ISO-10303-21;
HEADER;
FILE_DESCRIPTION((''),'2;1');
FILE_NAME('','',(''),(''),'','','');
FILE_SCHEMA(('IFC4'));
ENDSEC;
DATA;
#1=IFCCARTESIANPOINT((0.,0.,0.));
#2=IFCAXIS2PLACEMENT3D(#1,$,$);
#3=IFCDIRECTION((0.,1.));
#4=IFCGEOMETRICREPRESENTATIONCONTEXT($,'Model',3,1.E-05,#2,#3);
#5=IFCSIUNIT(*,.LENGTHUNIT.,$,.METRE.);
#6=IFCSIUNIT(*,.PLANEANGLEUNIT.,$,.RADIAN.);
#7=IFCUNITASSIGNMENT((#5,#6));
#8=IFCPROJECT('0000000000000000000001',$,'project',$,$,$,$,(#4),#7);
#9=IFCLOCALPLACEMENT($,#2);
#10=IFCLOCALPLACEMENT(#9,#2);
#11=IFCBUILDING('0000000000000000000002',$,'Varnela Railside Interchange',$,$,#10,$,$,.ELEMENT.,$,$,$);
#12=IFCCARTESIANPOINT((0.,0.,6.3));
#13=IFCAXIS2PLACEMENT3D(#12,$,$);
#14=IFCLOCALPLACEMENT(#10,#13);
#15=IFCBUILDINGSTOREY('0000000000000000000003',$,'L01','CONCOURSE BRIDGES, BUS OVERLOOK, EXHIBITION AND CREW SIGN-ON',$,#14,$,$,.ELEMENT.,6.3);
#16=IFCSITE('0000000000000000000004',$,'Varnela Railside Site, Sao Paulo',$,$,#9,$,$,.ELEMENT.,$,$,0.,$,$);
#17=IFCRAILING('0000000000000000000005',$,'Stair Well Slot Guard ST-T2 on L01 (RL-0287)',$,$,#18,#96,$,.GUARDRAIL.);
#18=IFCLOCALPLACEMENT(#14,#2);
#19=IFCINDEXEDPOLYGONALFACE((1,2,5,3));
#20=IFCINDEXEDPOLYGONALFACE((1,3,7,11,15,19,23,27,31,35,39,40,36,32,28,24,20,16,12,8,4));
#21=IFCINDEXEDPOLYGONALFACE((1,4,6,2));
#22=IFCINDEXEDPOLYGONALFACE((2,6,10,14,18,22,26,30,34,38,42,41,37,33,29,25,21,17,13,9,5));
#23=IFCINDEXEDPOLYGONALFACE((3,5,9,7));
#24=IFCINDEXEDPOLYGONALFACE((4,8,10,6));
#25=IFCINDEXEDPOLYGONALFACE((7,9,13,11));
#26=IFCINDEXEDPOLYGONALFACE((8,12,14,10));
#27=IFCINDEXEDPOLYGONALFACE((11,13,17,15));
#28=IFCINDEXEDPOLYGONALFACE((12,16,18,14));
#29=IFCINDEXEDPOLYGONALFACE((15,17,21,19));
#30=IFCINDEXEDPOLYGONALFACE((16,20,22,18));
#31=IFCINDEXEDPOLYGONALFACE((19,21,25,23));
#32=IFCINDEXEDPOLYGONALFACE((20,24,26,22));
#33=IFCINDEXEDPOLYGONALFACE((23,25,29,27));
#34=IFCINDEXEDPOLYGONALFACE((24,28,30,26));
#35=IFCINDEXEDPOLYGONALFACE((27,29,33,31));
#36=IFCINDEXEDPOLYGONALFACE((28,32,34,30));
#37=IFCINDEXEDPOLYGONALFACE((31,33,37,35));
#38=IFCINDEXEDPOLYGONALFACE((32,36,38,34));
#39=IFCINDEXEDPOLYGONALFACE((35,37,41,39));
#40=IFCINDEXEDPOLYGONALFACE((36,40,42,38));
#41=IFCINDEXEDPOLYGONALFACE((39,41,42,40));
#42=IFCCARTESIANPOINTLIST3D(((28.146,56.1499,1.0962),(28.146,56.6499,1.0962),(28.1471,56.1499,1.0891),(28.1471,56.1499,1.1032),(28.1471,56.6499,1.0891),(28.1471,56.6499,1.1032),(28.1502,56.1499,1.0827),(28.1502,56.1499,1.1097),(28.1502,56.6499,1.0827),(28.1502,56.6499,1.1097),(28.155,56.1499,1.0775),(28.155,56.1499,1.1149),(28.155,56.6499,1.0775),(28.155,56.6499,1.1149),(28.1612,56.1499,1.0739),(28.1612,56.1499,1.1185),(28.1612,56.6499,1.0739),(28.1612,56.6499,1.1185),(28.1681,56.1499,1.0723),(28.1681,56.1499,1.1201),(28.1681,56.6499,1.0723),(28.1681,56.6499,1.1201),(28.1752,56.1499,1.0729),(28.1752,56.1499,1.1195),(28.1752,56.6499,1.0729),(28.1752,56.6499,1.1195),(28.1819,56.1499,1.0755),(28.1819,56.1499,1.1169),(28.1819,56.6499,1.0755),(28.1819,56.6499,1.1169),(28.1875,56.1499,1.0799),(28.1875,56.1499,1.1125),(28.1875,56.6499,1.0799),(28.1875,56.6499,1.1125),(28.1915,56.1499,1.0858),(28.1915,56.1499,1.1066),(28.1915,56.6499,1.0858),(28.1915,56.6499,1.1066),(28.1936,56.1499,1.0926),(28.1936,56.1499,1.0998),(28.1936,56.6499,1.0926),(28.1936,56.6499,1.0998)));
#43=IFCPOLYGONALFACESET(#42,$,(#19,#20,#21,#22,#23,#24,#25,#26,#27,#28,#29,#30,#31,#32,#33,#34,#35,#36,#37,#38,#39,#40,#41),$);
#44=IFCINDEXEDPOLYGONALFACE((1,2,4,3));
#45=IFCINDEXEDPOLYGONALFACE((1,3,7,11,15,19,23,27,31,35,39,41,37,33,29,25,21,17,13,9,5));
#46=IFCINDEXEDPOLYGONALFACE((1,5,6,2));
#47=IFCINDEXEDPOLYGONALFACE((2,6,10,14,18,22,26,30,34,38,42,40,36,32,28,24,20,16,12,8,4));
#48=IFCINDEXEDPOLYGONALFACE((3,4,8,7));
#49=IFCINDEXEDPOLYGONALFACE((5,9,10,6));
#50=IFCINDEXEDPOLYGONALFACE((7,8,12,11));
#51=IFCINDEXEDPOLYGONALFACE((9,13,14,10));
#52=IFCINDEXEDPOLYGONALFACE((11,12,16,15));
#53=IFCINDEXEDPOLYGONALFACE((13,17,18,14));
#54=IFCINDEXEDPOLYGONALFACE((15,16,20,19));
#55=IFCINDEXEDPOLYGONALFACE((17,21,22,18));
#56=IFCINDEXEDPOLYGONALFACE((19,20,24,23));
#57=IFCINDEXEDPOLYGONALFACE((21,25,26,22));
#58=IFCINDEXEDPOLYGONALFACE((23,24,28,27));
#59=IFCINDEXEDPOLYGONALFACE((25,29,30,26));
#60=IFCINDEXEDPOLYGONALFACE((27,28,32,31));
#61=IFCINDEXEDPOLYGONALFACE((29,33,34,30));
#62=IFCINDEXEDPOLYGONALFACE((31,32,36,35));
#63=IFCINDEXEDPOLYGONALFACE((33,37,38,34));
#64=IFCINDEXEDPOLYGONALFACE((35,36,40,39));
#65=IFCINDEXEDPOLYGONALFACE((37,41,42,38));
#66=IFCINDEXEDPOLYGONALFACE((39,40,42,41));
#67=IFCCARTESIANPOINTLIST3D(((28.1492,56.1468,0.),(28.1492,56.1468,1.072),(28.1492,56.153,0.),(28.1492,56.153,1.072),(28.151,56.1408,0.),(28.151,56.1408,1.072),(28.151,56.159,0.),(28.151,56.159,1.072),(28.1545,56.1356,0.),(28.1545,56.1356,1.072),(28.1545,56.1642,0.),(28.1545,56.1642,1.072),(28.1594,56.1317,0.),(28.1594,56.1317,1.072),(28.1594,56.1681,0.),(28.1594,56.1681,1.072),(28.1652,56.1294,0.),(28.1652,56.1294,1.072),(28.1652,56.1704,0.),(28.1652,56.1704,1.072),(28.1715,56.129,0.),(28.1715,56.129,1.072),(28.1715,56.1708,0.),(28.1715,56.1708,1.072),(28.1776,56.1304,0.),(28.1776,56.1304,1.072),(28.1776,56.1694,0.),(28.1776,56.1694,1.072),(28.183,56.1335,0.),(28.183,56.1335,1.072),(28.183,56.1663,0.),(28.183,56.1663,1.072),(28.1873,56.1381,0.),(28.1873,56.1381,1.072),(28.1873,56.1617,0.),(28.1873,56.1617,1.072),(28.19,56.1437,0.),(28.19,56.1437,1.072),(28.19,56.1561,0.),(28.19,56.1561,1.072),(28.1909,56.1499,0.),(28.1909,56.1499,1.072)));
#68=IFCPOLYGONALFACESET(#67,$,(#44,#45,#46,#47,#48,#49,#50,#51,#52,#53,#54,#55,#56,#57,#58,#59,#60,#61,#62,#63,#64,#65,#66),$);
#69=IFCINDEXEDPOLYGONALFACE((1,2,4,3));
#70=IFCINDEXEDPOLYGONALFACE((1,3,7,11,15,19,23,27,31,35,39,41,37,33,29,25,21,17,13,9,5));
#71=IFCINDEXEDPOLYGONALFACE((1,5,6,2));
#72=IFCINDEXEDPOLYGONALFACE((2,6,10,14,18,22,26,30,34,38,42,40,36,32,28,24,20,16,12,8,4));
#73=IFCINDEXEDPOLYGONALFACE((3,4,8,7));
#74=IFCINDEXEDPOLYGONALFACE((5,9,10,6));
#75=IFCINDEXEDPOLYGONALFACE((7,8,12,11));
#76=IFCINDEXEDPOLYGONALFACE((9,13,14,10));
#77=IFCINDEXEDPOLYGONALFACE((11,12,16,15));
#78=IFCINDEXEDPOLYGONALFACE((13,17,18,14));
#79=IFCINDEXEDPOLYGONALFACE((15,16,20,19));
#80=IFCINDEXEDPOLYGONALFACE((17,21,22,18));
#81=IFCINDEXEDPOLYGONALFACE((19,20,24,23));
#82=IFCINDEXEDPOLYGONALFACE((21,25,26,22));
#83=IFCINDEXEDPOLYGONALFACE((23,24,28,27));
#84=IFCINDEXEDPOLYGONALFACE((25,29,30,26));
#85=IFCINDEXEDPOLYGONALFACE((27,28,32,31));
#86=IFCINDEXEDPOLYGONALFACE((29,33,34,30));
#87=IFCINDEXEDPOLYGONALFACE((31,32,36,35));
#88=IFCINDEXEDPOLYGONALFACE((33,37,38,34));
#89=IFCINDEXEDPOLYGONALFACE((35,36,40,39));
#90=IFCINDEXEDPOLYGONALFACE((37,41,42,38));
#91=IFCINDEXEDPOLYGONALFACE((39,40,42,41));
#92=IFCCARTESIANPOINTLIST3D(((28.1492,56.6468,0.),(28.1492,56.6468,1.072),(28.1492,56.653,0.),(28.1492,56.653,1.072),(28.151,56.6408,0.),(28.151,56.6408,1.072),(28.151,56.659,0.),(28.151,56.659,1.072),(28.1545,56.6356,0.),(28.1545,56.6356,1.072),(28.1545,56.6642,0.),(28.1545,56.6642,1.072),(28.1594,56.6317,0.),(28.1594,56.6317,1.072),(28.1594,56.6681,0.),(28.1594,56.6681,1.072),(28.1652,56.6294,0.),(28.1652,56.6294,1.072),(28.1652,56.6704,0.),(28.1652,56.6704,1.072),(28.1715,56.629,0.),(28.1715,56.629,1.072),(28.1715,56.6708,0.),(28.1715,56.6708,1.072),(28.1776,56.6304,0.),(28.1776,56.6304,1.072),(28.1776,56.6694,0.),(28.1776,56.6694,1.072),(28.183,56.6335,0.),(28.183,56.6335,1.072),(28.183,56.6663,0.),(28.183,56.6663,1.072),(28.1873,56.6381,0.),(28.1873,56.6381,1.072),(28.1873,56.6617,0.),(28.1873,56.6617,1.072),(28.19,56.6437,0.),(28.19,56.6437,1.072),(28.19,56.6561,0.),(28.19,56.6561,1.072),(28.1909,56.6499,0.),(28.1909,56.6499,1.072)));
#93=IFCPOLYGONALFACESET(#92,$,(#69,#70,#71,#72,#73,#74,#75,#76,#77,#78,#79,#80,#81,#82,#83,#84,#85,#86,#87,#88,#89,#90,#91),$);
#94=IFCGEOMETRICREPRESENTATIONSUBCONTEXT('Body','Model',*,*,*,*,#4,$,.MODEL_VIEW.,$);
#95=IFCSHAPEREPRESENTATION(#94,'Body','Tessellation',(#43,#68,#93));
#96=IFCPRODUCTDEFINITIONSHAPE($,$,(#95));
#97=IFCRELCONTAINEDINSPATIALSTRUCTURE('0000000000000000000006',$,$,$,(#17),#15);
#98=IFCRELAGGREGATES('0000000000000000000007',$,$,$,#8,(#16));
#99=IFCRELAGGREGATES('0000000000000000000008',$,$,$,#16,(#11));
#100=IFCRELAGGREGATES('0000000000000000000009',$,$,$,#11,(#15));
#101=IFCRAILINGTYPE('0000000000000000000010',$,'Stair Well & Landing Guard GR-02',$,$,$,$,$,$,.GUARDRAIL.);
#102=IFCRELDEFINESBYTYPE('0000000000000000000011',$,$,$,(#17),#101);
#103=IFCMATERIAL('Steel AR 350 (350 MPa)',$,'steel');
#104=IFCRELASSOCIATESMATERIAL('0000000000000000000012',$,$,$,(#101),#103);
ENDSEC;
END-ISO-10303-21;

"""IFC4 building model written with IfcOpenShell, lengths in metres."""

from ifc_helpers import new_model, si_unit, direction, frame, origin, origin_2d, place, context, subcontext, project, spatial, circle, extrude, material, type_object, element, save


model = new_model("IFC4")

# Units and contexts
model_context = context("Model", 3, precision=1e-05, world=origin(), true_north=direction((0.0, 1.0)))
body_context = subcontext(model_context, "Body", "Model", "MODEL_VIEW")
ifc_project = project(units=[si_unit("LENGTHUNIT", "METRE"), si_unit("PLANEANGLEUNIT", "RADIAN")], contexts=[model_context])

# Site, building, storey
site_placement = place(None, origin())
site = spatial("IfcSite", under=ifc_project, at=site_placement, Name="Varnela Railside Site, Sao Paulo", CompositionType="ELEMENT", RefElevation=0.0)
building_placement = place(site_placement, origin())
building = spatial("IfcBuilding", under=site, at=building_placement, Name="Varnela Railside Interchange", CompositionType="ELEMENT")
storey_placement = place(building_placement, frame((0.0, 0.0, 6.3)))
storey = spatial("IfcBuildingStorey", under=building, at=storey_placement, Name="L01", Description="CONCOURSE BRIDGES, BUS OVERLOOK, EXHIBITION AND CREW SIGN-ON", CompositionType="ELEMENT", Elevation=6.3)

# Shared definitions
ifc_material_1 = material(Name="Steel AR 350 (350 MPa)", Category="steel")

# Railing
railing_type_1 = type_object("IfcRailingType", Name="Stair Well & Landing Guard GR-02", PredefinedType="GUARDRAIL", material=ifc_material_1)
railing_1_placement = place(storey_placement, frame((28.1699, 56.1499, 0.0)))
element("IfcRailing", 1, at=railing_1_placement, inside=storey, type_object=railing_type_1, Name="Stair Well Slot Guard ST-T2 on L01 (RL-0287)", PredefinedType="GUARDRAIL", context=body_context, shape_type="SweptSolid", body=[
    extrude(circle(Radius=0.0239, at=origin_2d()), frame((0.0, 0.0, 1.0962), z_axis=(0.0, 1.0, 0.0), x_axis=(-1.0, 0.0, 0.0)), (0.0, 0.0, 1.0), 0.5),
    extrude(circle(Radius=0.021, at=origin_2d()), origin(), (0.0, 0.0, 1.0), 1.072),
    extrude(circle(Radius=0.021, at=origin_2d()), frame((0.0, 0.5, 0.0)), (0.0, 0.0, 1.0), 1.072),
])

save(model, "model.ifc")
